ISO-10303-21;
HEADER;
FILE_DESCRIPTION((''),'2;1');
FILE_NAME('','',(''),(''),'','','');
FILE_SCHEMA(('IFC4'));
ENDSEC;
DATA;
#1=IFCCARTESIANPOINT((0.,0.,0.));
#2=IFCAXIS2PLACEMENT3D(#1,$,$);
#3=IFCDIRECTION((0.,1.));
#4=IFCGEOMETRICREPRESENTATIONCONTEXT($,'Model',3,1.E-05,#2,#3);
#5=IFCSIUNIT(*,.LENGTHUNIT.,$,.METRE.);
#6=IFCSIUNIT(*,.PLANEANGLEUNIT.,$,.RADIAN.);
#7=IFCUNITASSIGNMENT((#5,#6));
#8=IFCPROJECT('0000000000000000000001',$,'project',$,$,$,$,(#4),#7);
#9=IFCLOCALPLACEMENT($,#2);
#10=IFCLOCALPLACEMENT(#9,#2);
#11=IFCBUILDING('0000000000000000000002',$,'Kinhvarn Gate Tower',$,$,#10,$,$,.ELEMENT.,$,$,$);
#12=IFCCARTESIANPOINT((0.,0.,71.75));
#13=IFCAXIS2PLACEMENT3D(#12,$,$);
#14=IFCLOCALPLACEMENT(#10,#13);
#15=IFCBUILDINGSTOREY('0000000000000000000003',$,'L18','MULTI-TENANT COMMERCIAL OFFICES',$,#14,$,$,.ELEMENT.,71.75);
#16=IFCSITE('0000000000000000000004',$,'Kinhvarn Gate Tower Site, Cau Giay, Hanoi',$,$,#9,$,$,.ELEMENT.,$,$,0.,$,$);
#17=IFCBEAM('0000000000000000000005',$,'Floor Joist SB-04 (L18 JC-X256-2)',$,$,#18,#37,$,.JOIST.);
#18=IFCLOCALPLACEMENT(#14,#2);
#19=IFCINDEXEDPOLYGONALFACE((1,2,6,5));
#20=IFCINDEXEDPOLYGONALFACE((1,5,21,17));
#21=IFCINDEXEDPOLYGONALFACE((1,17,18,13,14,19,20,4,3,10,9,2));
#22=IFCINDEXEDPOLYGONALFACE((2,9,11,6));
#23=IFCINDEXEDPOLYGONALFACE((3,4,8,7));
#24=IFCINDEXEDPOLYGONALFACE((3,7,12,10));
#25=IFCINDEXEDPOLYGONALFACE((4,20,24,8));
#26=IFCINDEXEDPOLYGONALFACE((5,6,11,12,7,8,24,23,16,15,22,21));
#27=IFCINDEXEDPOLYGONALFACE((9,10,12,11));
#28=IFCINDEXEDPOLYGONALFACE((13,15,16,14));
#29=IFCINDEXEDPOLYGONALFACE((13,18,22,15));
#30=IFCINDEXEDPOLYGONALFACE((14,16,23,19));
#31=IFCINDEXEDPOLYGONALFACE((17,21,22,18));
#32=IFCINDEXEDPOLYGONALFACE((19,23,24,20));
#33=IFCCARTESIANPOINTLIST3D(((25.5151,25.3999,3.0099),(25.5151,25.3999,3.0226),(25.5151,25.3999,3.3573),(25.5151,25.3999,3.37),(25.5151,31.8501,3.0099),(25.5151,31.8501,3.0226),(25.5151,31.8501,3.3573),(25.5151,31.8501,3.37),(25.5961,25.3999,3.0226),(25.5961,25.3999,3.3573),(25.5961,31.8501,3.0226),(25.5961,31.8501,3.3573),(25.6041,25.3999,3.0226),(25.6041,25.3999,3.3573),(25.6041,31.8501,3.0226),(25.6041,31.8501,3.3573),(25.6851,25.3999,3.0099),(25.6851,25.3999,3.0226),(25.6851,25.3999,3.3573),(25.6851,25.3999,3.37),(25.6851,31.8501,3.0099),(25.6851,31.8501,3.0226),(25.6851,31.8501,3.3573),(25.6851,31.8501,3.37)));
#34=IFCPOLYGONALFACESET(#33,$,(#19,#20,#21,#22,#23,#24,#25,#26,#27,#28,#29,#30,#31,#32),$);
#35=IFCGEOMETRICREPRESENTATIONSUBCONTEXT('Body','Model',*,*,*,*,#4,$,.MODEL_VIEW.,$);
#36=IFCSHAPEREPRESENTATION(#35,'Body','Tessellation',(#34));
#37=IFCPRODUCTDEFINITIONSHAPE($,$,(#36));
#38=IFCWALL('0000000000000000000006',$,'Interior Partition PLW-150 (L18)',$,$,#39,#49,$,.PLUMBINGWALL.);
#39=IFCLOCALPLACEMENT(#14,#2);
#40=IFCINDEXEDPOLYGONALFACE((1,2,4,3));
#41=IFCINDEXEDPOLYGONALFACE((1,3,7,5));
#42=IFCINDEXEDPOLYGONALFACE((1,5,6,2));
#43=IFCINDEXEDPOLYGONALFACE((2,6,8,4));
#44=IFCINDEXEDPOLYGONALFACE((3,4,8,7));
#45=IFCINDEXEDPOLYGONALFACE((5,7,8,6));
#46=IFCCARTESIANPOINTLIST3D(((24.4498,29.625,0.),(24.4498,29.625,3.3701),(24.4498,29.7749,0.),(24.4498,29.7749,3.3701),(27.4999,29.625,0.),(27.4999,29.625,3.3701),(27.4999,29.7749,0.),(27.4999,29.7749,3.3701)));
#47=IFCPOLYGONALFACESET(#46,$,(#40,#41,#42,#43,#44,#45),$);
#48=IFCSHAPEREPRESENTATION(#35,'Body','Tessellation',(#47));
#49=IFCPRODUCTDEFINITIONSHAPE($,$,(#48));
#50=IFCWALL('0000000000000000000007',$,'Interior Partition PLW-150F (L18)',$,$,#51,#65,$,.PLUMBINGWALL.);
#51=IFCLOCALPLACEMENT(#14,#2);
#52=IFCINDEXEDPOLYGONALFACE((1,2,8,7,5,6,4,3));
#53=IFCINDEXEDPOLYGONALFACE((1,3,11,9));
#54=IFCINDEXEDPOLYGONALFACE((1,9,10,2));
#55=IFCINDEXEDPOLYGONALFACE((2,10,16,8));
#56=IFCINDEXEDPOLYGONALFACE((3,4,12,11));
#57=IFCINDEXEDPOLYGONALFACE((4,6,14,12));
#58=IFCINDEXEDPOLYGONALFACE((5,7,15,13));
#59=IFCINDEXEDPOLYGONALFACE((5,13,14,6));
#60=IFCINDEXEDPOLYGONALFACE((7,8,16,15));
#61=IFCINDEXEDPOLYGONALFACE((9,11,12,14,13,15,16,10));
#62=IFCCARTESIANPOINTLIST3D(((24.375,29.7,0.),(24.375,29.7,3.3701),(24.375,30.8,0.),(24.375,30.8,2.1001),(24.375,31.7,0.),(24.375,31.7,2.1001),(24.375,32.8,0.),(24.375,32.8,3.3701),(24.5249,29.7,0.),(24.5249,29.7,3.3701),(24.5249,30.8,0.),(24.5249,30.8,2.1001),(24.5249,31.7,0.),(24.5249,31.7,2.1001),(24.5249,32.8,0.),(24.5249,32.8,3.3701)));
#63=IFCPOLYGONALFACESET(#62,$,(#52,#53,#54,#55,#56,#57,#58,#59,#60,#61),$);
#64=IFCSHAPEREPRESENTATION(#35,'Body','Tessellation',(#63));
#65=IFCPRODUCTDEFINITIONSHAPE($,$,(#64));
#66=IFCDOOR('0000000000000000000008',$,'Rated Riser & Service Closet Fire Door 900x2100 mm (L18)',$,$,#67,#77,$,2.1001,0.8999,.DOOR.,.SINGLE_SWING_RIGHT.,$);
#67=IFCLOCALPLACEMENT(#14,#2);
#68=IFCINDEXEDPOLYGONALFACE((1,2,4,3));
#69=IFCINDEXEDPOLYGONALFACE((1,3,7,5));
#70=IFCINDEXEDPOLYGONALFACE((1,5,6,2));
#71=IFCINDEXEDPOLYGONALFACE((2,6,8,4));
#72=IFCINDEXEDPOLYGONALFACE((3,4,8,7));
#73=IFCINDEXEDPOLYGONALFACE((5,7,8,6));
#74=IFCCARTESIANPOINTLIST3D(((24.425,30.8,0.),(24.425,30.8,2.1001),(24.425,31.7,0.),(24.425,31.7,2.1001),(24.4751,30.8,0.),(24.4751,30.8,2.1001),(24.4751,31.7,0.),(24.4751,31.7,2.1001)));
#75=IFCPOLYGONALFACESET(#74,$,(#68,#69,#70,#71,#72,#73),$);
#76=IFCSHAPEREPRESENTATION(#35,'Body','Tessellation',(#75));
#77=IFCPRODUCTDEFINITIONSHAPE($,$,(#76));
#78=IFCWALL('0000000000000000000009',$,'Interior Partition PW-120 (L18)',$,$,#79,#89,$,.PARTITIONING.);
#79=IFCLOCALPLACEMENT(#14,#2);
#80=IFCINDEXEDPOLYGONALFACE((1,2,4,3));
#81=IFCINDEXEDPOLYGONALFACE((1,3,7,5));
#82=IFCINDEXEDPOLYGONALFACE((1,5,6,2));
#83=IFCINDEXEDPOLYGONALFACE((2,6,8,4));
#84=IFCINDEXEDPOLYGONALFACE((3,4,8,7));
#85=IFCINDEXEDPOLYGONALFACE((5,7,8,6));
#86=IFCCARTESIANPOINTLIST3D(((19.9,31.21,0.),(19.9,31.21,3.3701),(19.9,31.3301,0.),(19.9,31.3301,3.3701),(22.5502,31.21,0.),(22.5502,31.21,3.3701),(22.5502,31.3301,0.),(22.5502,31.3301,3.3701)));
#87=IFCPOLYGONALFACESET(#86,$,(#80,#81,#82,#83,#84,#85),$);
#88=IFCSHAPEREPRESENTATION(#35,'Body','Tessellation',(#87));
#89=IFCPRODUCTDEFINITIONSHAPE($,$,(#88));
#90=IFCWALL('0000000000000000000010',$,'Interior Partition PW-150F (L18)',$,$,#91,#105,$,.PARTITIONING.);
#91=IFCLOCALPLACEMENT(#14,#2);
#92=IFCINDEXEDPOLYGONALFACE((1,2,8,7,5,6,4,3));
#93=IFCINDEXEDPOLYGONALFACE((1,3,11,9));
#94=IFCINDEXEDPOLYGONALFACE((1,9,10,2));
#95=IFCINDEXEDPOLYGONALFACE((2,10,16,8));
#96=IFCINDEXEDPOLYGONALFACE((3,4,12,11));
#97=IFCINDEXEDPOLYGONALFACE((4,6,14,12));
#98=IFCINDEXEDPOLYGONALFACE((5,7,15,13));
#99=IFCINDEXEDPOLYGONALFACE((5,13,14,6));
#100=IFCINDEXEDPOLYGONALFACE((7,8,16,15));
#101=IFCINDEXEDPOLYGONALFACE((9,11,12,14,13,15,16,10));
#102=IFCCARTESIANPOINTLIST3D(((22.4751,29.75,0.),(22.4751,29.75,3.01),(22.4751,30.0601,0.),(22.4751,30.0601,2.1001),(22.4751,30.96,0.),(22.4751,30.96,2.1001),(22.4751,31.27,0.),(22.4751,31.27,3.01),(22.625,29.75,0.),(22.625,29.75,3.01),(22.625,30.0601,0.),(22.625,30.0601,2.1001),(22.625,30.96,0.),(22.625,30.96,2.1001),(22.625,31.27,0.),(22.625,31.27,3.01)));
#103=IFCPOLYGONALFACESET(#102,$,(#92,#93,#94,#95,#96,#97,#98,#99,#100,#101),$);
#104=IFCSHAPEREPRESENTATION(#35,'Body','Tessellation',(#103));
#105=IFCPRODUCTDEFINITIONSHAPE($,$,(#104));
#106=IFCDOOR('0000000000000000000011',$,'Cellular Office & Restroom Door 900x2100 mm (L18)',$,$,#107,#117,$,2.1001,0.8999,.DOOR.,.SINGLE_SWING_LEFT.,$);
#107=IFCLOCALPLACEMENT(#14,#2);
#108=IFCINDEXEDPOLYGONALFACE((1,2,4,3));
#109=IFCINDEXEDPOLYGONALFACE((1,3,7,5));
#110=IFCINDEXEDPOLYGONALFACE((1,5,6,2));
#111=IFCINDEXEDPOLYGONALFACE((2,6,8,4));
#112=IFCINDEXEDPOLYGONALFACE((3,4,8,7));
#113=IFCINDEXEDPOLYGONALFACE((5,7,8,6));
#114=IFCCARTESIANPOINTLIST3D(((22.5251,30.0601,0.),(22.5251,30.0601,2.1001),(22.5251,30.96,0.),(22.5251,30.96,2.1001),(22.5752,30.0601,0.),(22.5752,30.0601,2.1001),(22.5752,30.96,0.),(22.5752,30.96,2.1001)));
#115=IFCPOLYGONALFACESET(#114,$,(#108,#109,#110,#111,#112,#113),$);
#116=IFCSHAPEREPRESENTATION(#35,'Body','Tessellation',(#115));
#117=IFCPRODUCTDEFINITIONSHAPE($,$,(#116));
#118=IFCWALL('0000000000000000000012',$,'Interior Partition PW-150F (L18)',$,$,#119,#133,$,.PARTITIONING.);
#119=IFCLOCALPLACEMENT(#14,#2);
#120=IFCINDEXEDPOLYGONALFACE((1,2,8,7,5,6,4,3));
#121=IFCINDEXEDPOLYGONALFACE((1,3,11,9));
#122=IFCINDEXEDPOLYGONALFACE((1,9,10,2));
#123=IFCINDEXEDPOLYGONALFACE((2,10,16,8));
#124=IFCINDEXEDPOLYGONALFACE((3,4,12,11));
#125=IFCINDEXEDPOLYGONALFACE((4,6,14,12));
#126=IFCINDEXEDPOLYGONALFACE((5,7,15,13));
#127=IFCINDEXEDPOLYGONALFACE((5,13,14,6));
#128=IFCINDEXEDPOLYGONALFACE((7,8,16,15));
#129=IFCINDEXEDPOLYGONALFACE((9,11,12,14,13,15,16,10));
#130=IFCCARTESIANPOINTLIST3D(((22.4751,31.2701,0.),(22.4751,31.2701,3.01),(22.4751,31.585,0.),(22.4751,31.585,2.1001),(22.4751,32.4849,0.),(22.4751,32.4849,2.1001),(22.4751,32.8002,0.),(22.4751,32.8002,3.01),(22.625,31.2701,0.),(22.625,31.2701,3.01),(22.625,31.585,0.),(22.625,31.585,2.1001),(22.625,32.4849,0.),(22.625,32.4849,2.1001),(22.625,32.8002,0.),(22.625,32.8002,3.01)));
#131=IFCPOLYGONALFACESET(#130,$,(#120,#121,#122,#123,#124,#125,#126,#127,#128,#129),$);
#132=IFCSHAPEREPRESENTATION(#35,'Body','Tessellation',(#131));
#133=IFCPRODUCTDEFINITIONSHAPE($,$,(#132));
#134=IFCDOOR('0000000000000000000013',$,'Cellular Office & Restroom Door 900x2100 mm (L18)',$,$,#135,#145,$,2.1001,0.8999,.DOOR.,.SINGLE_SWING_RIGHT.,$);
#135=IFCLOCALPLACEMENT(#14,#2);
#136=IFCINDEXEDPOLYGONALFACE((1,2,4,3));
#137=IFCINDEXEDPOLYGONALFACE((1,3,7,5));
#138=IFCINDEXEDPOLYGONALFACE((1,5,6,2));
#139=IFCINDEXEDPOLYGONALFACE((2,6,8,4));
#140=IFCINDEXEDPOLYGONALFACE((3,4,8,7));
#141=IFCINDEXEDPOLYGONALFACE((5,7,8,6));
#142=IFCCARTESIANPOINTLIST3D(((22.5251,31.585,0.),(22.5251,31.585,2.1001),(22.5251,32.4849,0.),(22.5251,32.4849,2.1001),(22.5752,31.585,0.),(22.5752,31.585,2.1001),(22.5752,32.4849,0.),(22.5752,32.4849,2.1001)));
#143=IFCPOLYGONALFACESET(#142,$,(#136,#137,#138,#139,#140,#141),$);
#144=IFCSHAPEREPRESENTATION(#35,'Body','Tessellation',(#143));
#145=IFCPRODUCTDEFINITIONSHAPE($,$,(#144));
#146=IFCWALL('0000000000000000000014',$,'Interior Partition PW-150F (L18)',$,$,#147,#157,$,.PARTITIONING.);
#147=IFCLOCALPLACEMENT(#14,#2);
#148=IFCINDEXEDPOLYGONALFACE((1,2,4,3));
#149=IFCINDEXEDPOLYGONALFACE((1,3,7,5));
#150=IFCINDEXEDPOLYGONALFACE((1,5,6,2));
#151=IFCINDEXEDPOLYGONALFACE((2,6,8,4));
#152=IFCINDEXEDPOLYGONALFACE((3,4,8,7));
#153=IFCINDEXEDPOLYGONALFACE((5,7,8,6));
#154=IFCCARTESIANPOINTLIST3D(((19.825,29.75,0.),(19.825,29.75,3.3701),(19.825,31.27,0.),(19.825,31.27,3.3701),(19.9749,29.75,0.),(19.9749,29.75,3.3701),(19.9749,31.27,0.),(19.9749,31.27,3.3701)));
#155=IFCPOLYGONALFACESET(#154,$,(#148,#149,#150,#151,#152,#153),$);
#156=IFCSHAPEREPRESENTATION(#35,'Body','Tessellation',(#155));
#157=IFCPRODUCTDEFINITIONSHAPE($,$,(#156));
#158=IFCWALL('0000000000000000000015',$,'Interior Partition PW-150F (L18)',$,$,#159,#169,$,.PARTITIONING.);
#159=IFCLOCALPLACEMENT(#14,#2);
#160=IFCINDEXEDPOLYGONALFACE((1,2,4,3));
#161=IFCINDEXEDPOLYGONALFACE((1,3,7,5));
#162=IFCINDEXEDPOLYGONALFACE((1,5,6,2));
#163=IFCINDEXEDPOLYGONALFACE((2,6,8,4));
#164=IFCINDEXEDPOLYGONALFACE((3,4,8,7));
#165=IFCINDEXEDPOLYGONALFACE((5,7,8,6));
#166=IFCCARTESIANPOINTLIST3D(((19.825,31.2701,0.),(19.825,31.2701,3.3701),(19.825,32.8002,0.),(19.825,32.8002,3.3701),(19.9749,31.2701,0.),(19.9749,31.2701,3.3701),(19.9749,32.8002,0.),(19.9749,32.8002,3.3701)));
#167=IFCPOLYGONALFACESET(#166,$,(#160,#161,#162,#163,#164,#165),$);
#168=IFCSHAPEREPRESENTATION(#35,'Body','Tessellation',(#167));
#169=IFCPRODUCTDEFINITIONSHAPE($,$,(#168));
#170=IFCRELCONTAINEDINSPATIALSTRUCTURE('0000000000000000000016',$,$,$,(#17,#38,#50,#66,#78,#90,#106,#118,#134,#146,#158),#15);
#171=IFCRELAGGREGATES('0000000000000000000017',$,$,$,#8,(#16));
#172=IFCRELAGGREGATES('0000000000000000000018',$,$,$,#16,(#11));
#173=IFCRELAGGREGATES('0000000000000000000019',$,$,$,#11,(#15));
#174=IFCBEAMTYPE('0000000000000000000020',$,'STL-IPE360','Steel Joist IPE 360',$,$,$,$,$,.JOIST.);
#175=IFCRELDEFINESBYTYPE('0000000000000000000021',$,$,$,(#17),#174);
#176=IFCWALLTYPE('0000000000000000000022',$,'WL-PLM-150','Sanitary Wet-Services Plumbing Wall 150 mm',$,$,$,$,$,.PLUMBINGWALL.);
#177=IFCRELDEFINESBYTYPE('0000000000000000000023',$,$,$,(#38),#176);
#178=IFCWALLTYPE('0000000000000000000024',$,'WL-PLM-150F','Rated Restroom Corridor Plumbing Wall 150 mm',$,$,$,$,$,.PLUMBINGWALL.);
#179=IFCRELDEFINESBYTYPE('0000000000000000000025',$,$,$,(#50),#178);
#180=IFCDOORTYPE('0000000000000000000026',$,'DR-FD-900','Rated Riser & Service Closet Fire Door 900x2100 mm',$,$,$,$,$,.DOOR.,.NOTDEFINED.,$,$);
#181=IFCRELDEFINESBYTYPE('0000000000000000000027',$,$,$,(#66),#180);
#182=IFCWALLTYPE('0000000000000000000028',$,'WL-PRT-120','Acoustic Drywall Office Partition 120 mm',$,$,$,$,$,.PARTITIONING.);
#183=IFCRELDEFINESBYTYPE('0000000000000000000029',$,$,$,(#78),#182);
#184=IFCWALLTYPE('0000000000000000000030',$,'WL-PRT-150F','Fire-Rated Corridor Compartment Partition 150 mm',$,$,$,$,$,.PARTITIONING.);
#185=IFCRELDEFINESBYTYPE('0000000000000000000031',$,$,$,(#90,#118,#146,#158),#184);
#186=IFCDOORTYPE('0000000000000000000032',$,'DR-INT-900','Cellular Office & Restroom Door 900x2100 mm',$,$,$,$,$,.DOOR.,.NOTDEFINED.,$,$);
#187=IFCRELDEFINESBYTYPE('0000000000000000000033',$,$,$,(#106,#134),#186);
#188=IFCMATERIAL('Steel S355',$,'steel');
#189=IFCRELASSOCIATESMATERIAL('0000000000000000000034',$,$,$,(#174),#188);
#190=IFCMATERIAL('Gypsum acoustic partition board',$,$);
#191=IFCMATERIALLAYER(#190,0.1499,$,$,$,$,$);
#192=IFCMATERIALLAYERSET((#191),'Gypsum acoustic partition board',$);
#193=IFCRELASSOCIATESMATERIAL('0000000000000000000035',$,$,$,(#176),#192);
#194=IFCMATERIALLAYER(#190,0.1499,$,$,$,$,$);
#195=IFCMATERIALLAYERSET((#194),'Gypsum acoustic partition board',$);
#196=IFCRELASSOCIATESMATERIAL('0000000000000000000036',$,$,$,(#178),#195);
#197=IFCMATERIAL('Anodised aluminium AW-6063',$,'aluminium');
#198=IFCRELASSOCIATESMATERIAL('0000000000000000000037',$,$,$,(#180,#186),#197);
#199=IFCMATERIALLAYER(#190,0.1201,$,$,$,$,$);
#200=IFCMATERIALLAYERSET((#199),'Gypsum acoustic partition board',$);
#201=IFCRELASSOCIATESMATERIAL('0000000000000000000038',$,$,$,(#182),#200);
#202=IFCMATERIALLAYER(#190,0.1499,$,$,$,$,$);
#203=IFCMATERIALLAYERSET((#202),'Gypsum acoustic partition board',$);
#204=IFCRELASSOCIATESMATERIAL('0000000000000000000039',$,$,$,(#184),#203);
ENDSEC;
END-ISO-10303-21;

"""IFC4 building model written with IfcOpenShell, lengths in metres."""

from ifc_helpers import new_model, si_unit, direction, frame, frame_2d, origin, origin_2d, place, context, subcontext, project, spatial, rectangle, i_section, extrude, material, layer, layer_set, material_profile, profile_set, type_object, element, fill, save


model = new_model("IFC4")

# Units and contexts
model_context = context("Model", 3, precision=1e-05, world=origin(), true_north=direction((0.0, 1.0)))
body_context = subcontext(model_context, "Body", "Model", "MODEL_VIEW")
ifc_project = project(units=[si_unit("LENGTHUNIT", "METRE"), si_unit("PLANEANGLEUNIT", "RADIAN")], contexts=[model_context])

# Site, building, storey
site_placement = place(None, origin())
site = spatial("IfcSite", under=ifc_project, at=site_placement, Name="Kinhvarn Gate Tower Site, Cau Giay, Hanoi", CompositionType="ELEMENT", RefElevation=0.0)
building_placement = place(site_placement, origin())
building = spatial("IfcBuilding", under=site, at=building_placement, Name="Kinhvarn Gate Tower", CompositionType="ELEMENT")
storey_placement = place(building_placement, frame((0.0, 0.0, 71.75)))
storey = spatial("IfcBuildingStorey", under=building, at=storey_placement, Name="L18", Description="MULTI-TENANT COMMERCIAL OFFICES", CompositionType="ELEMENT", Elevation=71.75)

# Beam
ifc_material_1 = material(Name="Steel S355", Category="steel")
ifc_material_profile = material_profile(ifc_material_1, i_section(OverallWidth=0.1699, OverallDepth=0.3601, WebThickness=0.0081, FlangeThickness=0.0127, at=origin_2d()), Name="IPE 360")
ifc_profile_set = profile_set([ifc_material_profile], Name="Steel S355")
beam_type = type_object("IfcBeamType", Name="STL-IPE360", Description="Steel Joist IPE 360", PredefinedType="JOIST", material=ifc_profile_set)
beam_placement = place(storey_placement, frame((25.6001, 25.3999, 3.1899), z_axis=(0.0, 1.0, 0.0), x_axis=(-1.0, 0.0, 0.0)))
element("IfcBeam", 1, at=beam_placement, inside=storey, type_object=beam_type, Name="Floor Joist SB-04 (L18 JC-X256-2)", PredefinedType="JOIST", context=body_context, shape_type="SweptSolid", body=[
    extrude(i_section(OverallWidth=0.1699, OverallDepth=0.3601, WebThickness=0.0081, FlangeThickness=0.0127, at=origin_2d()), origin(), (0.0, 0.0, 1.0), 6.4502),
])

# Wall
ifc_material_2 = material(Name="Gypsum acoustic partition board")
ifc_layer_1 = layer(ifc_material_2, 0.1499)
ifc_layer_set_1 = layer_set([ifc_layer_1], Name="Gypsum acoustic partition board")
wall_type_1 = type_object("IfcWallType", Name="WL-PLM-150", Description="Sanitary Wet-Services Plumbing Wall 150 mm", PredefinedType="PLUMBINGWALL", material=ifc_layer_set_1)
wall_1_placement = place(storey_placement, frame((24.45, 29.7, 0.0), z_axis=(0.0, 0.0, 1.0), x_axis=(1.0, 0.0, 0.0)))
element("IfcWall", 2, at=wall_1_placement, inside=storey, type_object=wall_type_1, Name="Interior Partition PLW-150 (L18)", PredefinedType="PLUMBINGWALL", context=body_context, shape_type="SweptSolid", body=[
    extrude(rectangle(XDim=3.05, YDim=0.1499, at=frame_2d((1.5249, 0.0))), origin(), (0.0, 0.0, 1.0), 3.3701),
])

# Wall, opening, door
ifc_layer_2 = layer(ifc_material_2, 0.1499)
ifc_layer_set_2 = layer_set([ifc_layer_2], Name="Gypsum acoustic partition board")
wall_type_2 = type_object("IfcWallType", Name="WL-PLM-150F", Description="Rated Restroom Corridor Plumbing Wall 150 mm", PredefinedType="PLUMBINGWALL", material=ifc_layer_set_2)
wall_2_placement = place(storey_placement, frame((24.45, 29.7, 0.0), z_axis=(0.0, 0.0, 1.0), x_axis=(0.0, 1.0, 0.0)))
wall_2 = element("IfcWall", 3, at=wall_2_placement, inside=storey, type_object=wall_type_2, Name="Interior Partition PLW-150F (L18)", PredefinedType="PLUMBINGWALL", context=body_context, shape_type="SweptSolid", body=[
    extrude(rectangle(XDim=3.1001, YDim=0.1499, at=frame_2d((1.55, 0.0))), origin(), (0.0, 0.0, 1.0), 3.3701),
])
opening_1_placement = place(wall_2_placement, frame((1.1001, 0.0, 0.0)))
opening_1 = element("IfcOpeningElement", 4, at=opening_1_placement, cuts=wall_2, PredefinedType="OPENING", context=body_context, shape_type="SweptSolid", body=[
    extrude(rectangle(XDim=0.8999, YDim=2.1001, at=frame_2d((0.45, 1.05))), frame((0.0, 0.085, 0.0), z_axis=(0.0, -1.0, 0.0), x_axis=(1.0, 0.0, 0.0)), (0.0, 0.0, 1.0), 0.1699),
])
ifc_material_3 = material(Name="Anodised aluminium AW-6063", Category="aluminium")
door_type_1 = type_object("IfcDoorType", Name="DR-FD-900", Description="Rated Riser & Service Closet Fire Door 900x2100 mm", OperationType="NOTDEFINED", PredefinedType="DOOR", material=ifc_material_3)
door_1_placement = place(opening_1_placement, origin())
door_1 = element("IfcDoor", 5, at=door_1_placement, inside=storey, type_object=door_type_1, Name="Rated Riser & Service Closet Fire Door 900x2100 mm (L18)", OperationType="SINGLE_SWING_RIGHT", OverallHeight=2.1001, OverallWidth=0.8999, PredefinedType="DOOR", context=body_context, shape_type="SweptSolid", body=[
    extrude(rectangle(XDim=0.8999, YDim=2.1001, at=frame_2d((0.45, 1.05))), frame((0.0, 0.0249, 0.0), z_axis=(0.0, -1.0, 0.0), x_axis=(1.0, 0.0, 0.0)), (0.0, 0.0, 1.0), 0.05),
])
fill(opening_1, door_1)

# Wall
ifc_layer_3 = layer(ifc_material_2, 0.1201)
ifc_layer_set_3 = layer_set([ifc_layer_3], Name="Gypsum acoustic partition board")
wall_type_3 = type_object("IfcWallType", Name="WL-PRT-120", Description="Acoustic Drywall Office Partition 120 mm", PredefinedType="PARTITIONING", material=ifc_layer_set_3)
wall_3_placement = place(storey_placement, frame((19.8999, 31.27, 0.0), z_axis=(0.0, 0.0, 1.0), x_axis=(1.0, 0.0, 0.0)))
element("IfcWall", 6, at=wall_3_placement, inside=storey, type_object=wall_type_3, Name="Interior Partition PW-120 (L18)", PredefinedType="PARTITIONING", context=body_context, shape_type="SweptSolid", body=[
    extrude(rectangle(XDim=2.6501, YDim=0.1201, at=frame_2d((1.3252, 0.0))), origin(), (0.0, 0.0, 1.0), 3.3701),
])

# Walls, openings, doors
ifc_layer_4 = layer(ifc_material_2, 0.1499)
ifc_layer_set_4 = layer_set([ifc_layer_4], Name="Gypsum acoustic partition board")
wall_type_4 = type_object("IfcWallType", Name="WL-PRT-150F", Description="Fire-Rated Corridor Compartment Partition 150 mm", PredefinedType="PARTITIONING", material=ifc_layer_set_4)
wall_4_placement = place(storey_placement, frame((22.55, 29.75, 0.0), z_axis=(0.0, 0.0, 1.0), x_axis=(0.0, 1.0, 0.0)))
wall_4 = element("IfcWall", 7, at=wall_4_placement, inside=storey, type_object=wall_type_4, Name="Interior Partition PW-150F (L18)", PredefinedType="PARTITIONING", context=body_context, shape_type="SweptSolid", body=[
    extrude(rectangle(XDim=1.52, YDim=0.1499, at=frame_2d((0.76, 0.0))), origin(), (0.0, 0.0, 1.0), 3.01),
])
opening_2_placement = place(wall_4_placement, frame((0.3101, 0.0, 0.0)))
opening_2 = element("IfcOpeningElement", 8, at=opening_2_placement, cuts=wall_4, PredefinedType="OPENING", context=body_context, shape_type="SweptSolid", body=[
    extrude(rectangle(XDim=0.8999, YDim=2.1001, at=frame_2d((0.45, 1.05))), frame((0.0, 0.085, 0.0), z_axis=(0.0, -1.0, 0.0), x_axis=(1.0, 0.0, 0.0)), (0.0, 0.0, 1.0), 0.1699),
])
door_type_2 = type_object("IfcDoorType", Name="DR-INT-900", Description="Cellular Office & Restroom Door 900x2100 mm", OperationType="NOTDEFINED", PredefinedType="DOOR", material=ifc_material_3)
door_2_placement = place(opening_2_placement, origin())
door_2 = element("IfcDoor", 9, at=door_2_placement, inside=storey, type_object=door_type_2, Name="Cellular Office & Restroom Door 900x2100 mm (L18)", OperationType="SINGLE_SWING_LEFT", OverallHeight=2.1001, OverallWidth=0.8999, PredefinedType="DOOR", context=body_context, shape_type="SweptSolid", body=[
    extrude(rectangle(XDim=0.8999, YDim=2.1001, at=frame_2d((0.45, 1.05))), frame((0.0, 0.0249, 0.0), z_axis=(0.0, -1.0, 0.0), x_axis=(1.0, 0.0, 0.0)), (0.0, 0.0, 1.0), 0.05),
])
fill(opening_2, door_2)
wall_5_placement = place(storey_placement, frame((22.55, 31.27, 0.0), z_axis=(0.0, 0.0, 1.0), x_axis=(0.0, 1.0, 0.0)))
wall_5 = element("IfcWall", 10, at=wall_5_placement, inside=storey, type_object=wall_type_4, Name="Interior Partition PW-150F (L18)", PredefinedType="PARTITIONING", context=body_context, shape_type="SweptSolid", body=[
    extrude(rectangle(XDim=1.53, YDim=0.1499, at=frame_2d((0.7651, 0.0))), origin(), (0.0, 0.0, 1.0), 3.01),
])
opening_3_placement = place(wall_5_placement, frame((0.3149, 0.0, 0.0)))
opening_3 = element("IfcOpeningElement", 11, at=opening_3_placement, cuts=wall_5, PredefinedType="OPENING", context=body_context, shape_type="SweptSolid", body=[
    extrude(rectangle(XDim=0.8999, YDim=2.1001, at=frame_2d((0.45, 1.05))), frame((0.0, 0.085, 0.0), z_axis=(0.0, -1.0, 0.0), x_axis=(1.0, 0.0, 0.0)), (0.0, 0.0, 1.0), 0.1699),
])
door_3_placement = place(opening_3_placement, origin())
door_3 = element("IfcDoor", 12, at=door_3_placement, inside=storey, type_object=door_type_2, Name="Cellular Office & Restroom Door 900x2100 mm (L18)", OperationType="SINGLE_SWING_RIGHT", OverallHeight=2.1001, OverallWidth=0.8999, PredefinedType="DOOR", context=body_context, shape_type="SweptSolid", body=[
    extrude(rectangle(XDim=0.8999, YDim=2.1001, at=frame_2d((0.45, 1.05))), frame((0.0, 0.0249, 0.0), z_axis=(0.0, -1.0, 0.0), x_axis=(1.0, 0.0, 0.0)), (0.0, 0.0, 1.0), 0.05),
])
fill(opening_3, door_3)

# Walls
wall_6_placement = place(storey_placement, frame((19.8999, 29.75, 0.0), z_axis=(0.0, 0.0, 1.0), x_axis=(0.0, 1.0, 0.0)))
element("IfcWall", 13, at=wall_6_placement, inside=storey, type_object=wall_type_4, Name="Interior Partition PW-150F (L18)", PredefinedType="PARTITIONING", context=body_context, shape_type="SweptSolid", body=[
    extrude(rectangle(XDim=1.52, YDim=0.1499, at=frame_2d((0.76, 0.0))), origin(), (0.0, 0.0, 1.0), 3.3701),
])
wall_7_placement = place(storey_placement, frame((19.8999, 31.27, 0.0), z_axis=(0.0, 0.0, 1.0), x_axis=(0.0, 1.0, 0.0)))
element("IfcWall", 14, at=wall_7_placement, inside=storey, type_object=wall_type_4, Name="Interior Partition PW-150F (L18)", PredefinedType="PARTITIONING", context=body_context, shape_type="SweptSolid", body=[
    extrude(rectangle(XDim=1.53, YDim=0.1499, at=frame_2d((0.7651, 0.0))), origin(), (0.0, 0.0, 1.0), 3.3701),
])

save(model, "model.ifc")
